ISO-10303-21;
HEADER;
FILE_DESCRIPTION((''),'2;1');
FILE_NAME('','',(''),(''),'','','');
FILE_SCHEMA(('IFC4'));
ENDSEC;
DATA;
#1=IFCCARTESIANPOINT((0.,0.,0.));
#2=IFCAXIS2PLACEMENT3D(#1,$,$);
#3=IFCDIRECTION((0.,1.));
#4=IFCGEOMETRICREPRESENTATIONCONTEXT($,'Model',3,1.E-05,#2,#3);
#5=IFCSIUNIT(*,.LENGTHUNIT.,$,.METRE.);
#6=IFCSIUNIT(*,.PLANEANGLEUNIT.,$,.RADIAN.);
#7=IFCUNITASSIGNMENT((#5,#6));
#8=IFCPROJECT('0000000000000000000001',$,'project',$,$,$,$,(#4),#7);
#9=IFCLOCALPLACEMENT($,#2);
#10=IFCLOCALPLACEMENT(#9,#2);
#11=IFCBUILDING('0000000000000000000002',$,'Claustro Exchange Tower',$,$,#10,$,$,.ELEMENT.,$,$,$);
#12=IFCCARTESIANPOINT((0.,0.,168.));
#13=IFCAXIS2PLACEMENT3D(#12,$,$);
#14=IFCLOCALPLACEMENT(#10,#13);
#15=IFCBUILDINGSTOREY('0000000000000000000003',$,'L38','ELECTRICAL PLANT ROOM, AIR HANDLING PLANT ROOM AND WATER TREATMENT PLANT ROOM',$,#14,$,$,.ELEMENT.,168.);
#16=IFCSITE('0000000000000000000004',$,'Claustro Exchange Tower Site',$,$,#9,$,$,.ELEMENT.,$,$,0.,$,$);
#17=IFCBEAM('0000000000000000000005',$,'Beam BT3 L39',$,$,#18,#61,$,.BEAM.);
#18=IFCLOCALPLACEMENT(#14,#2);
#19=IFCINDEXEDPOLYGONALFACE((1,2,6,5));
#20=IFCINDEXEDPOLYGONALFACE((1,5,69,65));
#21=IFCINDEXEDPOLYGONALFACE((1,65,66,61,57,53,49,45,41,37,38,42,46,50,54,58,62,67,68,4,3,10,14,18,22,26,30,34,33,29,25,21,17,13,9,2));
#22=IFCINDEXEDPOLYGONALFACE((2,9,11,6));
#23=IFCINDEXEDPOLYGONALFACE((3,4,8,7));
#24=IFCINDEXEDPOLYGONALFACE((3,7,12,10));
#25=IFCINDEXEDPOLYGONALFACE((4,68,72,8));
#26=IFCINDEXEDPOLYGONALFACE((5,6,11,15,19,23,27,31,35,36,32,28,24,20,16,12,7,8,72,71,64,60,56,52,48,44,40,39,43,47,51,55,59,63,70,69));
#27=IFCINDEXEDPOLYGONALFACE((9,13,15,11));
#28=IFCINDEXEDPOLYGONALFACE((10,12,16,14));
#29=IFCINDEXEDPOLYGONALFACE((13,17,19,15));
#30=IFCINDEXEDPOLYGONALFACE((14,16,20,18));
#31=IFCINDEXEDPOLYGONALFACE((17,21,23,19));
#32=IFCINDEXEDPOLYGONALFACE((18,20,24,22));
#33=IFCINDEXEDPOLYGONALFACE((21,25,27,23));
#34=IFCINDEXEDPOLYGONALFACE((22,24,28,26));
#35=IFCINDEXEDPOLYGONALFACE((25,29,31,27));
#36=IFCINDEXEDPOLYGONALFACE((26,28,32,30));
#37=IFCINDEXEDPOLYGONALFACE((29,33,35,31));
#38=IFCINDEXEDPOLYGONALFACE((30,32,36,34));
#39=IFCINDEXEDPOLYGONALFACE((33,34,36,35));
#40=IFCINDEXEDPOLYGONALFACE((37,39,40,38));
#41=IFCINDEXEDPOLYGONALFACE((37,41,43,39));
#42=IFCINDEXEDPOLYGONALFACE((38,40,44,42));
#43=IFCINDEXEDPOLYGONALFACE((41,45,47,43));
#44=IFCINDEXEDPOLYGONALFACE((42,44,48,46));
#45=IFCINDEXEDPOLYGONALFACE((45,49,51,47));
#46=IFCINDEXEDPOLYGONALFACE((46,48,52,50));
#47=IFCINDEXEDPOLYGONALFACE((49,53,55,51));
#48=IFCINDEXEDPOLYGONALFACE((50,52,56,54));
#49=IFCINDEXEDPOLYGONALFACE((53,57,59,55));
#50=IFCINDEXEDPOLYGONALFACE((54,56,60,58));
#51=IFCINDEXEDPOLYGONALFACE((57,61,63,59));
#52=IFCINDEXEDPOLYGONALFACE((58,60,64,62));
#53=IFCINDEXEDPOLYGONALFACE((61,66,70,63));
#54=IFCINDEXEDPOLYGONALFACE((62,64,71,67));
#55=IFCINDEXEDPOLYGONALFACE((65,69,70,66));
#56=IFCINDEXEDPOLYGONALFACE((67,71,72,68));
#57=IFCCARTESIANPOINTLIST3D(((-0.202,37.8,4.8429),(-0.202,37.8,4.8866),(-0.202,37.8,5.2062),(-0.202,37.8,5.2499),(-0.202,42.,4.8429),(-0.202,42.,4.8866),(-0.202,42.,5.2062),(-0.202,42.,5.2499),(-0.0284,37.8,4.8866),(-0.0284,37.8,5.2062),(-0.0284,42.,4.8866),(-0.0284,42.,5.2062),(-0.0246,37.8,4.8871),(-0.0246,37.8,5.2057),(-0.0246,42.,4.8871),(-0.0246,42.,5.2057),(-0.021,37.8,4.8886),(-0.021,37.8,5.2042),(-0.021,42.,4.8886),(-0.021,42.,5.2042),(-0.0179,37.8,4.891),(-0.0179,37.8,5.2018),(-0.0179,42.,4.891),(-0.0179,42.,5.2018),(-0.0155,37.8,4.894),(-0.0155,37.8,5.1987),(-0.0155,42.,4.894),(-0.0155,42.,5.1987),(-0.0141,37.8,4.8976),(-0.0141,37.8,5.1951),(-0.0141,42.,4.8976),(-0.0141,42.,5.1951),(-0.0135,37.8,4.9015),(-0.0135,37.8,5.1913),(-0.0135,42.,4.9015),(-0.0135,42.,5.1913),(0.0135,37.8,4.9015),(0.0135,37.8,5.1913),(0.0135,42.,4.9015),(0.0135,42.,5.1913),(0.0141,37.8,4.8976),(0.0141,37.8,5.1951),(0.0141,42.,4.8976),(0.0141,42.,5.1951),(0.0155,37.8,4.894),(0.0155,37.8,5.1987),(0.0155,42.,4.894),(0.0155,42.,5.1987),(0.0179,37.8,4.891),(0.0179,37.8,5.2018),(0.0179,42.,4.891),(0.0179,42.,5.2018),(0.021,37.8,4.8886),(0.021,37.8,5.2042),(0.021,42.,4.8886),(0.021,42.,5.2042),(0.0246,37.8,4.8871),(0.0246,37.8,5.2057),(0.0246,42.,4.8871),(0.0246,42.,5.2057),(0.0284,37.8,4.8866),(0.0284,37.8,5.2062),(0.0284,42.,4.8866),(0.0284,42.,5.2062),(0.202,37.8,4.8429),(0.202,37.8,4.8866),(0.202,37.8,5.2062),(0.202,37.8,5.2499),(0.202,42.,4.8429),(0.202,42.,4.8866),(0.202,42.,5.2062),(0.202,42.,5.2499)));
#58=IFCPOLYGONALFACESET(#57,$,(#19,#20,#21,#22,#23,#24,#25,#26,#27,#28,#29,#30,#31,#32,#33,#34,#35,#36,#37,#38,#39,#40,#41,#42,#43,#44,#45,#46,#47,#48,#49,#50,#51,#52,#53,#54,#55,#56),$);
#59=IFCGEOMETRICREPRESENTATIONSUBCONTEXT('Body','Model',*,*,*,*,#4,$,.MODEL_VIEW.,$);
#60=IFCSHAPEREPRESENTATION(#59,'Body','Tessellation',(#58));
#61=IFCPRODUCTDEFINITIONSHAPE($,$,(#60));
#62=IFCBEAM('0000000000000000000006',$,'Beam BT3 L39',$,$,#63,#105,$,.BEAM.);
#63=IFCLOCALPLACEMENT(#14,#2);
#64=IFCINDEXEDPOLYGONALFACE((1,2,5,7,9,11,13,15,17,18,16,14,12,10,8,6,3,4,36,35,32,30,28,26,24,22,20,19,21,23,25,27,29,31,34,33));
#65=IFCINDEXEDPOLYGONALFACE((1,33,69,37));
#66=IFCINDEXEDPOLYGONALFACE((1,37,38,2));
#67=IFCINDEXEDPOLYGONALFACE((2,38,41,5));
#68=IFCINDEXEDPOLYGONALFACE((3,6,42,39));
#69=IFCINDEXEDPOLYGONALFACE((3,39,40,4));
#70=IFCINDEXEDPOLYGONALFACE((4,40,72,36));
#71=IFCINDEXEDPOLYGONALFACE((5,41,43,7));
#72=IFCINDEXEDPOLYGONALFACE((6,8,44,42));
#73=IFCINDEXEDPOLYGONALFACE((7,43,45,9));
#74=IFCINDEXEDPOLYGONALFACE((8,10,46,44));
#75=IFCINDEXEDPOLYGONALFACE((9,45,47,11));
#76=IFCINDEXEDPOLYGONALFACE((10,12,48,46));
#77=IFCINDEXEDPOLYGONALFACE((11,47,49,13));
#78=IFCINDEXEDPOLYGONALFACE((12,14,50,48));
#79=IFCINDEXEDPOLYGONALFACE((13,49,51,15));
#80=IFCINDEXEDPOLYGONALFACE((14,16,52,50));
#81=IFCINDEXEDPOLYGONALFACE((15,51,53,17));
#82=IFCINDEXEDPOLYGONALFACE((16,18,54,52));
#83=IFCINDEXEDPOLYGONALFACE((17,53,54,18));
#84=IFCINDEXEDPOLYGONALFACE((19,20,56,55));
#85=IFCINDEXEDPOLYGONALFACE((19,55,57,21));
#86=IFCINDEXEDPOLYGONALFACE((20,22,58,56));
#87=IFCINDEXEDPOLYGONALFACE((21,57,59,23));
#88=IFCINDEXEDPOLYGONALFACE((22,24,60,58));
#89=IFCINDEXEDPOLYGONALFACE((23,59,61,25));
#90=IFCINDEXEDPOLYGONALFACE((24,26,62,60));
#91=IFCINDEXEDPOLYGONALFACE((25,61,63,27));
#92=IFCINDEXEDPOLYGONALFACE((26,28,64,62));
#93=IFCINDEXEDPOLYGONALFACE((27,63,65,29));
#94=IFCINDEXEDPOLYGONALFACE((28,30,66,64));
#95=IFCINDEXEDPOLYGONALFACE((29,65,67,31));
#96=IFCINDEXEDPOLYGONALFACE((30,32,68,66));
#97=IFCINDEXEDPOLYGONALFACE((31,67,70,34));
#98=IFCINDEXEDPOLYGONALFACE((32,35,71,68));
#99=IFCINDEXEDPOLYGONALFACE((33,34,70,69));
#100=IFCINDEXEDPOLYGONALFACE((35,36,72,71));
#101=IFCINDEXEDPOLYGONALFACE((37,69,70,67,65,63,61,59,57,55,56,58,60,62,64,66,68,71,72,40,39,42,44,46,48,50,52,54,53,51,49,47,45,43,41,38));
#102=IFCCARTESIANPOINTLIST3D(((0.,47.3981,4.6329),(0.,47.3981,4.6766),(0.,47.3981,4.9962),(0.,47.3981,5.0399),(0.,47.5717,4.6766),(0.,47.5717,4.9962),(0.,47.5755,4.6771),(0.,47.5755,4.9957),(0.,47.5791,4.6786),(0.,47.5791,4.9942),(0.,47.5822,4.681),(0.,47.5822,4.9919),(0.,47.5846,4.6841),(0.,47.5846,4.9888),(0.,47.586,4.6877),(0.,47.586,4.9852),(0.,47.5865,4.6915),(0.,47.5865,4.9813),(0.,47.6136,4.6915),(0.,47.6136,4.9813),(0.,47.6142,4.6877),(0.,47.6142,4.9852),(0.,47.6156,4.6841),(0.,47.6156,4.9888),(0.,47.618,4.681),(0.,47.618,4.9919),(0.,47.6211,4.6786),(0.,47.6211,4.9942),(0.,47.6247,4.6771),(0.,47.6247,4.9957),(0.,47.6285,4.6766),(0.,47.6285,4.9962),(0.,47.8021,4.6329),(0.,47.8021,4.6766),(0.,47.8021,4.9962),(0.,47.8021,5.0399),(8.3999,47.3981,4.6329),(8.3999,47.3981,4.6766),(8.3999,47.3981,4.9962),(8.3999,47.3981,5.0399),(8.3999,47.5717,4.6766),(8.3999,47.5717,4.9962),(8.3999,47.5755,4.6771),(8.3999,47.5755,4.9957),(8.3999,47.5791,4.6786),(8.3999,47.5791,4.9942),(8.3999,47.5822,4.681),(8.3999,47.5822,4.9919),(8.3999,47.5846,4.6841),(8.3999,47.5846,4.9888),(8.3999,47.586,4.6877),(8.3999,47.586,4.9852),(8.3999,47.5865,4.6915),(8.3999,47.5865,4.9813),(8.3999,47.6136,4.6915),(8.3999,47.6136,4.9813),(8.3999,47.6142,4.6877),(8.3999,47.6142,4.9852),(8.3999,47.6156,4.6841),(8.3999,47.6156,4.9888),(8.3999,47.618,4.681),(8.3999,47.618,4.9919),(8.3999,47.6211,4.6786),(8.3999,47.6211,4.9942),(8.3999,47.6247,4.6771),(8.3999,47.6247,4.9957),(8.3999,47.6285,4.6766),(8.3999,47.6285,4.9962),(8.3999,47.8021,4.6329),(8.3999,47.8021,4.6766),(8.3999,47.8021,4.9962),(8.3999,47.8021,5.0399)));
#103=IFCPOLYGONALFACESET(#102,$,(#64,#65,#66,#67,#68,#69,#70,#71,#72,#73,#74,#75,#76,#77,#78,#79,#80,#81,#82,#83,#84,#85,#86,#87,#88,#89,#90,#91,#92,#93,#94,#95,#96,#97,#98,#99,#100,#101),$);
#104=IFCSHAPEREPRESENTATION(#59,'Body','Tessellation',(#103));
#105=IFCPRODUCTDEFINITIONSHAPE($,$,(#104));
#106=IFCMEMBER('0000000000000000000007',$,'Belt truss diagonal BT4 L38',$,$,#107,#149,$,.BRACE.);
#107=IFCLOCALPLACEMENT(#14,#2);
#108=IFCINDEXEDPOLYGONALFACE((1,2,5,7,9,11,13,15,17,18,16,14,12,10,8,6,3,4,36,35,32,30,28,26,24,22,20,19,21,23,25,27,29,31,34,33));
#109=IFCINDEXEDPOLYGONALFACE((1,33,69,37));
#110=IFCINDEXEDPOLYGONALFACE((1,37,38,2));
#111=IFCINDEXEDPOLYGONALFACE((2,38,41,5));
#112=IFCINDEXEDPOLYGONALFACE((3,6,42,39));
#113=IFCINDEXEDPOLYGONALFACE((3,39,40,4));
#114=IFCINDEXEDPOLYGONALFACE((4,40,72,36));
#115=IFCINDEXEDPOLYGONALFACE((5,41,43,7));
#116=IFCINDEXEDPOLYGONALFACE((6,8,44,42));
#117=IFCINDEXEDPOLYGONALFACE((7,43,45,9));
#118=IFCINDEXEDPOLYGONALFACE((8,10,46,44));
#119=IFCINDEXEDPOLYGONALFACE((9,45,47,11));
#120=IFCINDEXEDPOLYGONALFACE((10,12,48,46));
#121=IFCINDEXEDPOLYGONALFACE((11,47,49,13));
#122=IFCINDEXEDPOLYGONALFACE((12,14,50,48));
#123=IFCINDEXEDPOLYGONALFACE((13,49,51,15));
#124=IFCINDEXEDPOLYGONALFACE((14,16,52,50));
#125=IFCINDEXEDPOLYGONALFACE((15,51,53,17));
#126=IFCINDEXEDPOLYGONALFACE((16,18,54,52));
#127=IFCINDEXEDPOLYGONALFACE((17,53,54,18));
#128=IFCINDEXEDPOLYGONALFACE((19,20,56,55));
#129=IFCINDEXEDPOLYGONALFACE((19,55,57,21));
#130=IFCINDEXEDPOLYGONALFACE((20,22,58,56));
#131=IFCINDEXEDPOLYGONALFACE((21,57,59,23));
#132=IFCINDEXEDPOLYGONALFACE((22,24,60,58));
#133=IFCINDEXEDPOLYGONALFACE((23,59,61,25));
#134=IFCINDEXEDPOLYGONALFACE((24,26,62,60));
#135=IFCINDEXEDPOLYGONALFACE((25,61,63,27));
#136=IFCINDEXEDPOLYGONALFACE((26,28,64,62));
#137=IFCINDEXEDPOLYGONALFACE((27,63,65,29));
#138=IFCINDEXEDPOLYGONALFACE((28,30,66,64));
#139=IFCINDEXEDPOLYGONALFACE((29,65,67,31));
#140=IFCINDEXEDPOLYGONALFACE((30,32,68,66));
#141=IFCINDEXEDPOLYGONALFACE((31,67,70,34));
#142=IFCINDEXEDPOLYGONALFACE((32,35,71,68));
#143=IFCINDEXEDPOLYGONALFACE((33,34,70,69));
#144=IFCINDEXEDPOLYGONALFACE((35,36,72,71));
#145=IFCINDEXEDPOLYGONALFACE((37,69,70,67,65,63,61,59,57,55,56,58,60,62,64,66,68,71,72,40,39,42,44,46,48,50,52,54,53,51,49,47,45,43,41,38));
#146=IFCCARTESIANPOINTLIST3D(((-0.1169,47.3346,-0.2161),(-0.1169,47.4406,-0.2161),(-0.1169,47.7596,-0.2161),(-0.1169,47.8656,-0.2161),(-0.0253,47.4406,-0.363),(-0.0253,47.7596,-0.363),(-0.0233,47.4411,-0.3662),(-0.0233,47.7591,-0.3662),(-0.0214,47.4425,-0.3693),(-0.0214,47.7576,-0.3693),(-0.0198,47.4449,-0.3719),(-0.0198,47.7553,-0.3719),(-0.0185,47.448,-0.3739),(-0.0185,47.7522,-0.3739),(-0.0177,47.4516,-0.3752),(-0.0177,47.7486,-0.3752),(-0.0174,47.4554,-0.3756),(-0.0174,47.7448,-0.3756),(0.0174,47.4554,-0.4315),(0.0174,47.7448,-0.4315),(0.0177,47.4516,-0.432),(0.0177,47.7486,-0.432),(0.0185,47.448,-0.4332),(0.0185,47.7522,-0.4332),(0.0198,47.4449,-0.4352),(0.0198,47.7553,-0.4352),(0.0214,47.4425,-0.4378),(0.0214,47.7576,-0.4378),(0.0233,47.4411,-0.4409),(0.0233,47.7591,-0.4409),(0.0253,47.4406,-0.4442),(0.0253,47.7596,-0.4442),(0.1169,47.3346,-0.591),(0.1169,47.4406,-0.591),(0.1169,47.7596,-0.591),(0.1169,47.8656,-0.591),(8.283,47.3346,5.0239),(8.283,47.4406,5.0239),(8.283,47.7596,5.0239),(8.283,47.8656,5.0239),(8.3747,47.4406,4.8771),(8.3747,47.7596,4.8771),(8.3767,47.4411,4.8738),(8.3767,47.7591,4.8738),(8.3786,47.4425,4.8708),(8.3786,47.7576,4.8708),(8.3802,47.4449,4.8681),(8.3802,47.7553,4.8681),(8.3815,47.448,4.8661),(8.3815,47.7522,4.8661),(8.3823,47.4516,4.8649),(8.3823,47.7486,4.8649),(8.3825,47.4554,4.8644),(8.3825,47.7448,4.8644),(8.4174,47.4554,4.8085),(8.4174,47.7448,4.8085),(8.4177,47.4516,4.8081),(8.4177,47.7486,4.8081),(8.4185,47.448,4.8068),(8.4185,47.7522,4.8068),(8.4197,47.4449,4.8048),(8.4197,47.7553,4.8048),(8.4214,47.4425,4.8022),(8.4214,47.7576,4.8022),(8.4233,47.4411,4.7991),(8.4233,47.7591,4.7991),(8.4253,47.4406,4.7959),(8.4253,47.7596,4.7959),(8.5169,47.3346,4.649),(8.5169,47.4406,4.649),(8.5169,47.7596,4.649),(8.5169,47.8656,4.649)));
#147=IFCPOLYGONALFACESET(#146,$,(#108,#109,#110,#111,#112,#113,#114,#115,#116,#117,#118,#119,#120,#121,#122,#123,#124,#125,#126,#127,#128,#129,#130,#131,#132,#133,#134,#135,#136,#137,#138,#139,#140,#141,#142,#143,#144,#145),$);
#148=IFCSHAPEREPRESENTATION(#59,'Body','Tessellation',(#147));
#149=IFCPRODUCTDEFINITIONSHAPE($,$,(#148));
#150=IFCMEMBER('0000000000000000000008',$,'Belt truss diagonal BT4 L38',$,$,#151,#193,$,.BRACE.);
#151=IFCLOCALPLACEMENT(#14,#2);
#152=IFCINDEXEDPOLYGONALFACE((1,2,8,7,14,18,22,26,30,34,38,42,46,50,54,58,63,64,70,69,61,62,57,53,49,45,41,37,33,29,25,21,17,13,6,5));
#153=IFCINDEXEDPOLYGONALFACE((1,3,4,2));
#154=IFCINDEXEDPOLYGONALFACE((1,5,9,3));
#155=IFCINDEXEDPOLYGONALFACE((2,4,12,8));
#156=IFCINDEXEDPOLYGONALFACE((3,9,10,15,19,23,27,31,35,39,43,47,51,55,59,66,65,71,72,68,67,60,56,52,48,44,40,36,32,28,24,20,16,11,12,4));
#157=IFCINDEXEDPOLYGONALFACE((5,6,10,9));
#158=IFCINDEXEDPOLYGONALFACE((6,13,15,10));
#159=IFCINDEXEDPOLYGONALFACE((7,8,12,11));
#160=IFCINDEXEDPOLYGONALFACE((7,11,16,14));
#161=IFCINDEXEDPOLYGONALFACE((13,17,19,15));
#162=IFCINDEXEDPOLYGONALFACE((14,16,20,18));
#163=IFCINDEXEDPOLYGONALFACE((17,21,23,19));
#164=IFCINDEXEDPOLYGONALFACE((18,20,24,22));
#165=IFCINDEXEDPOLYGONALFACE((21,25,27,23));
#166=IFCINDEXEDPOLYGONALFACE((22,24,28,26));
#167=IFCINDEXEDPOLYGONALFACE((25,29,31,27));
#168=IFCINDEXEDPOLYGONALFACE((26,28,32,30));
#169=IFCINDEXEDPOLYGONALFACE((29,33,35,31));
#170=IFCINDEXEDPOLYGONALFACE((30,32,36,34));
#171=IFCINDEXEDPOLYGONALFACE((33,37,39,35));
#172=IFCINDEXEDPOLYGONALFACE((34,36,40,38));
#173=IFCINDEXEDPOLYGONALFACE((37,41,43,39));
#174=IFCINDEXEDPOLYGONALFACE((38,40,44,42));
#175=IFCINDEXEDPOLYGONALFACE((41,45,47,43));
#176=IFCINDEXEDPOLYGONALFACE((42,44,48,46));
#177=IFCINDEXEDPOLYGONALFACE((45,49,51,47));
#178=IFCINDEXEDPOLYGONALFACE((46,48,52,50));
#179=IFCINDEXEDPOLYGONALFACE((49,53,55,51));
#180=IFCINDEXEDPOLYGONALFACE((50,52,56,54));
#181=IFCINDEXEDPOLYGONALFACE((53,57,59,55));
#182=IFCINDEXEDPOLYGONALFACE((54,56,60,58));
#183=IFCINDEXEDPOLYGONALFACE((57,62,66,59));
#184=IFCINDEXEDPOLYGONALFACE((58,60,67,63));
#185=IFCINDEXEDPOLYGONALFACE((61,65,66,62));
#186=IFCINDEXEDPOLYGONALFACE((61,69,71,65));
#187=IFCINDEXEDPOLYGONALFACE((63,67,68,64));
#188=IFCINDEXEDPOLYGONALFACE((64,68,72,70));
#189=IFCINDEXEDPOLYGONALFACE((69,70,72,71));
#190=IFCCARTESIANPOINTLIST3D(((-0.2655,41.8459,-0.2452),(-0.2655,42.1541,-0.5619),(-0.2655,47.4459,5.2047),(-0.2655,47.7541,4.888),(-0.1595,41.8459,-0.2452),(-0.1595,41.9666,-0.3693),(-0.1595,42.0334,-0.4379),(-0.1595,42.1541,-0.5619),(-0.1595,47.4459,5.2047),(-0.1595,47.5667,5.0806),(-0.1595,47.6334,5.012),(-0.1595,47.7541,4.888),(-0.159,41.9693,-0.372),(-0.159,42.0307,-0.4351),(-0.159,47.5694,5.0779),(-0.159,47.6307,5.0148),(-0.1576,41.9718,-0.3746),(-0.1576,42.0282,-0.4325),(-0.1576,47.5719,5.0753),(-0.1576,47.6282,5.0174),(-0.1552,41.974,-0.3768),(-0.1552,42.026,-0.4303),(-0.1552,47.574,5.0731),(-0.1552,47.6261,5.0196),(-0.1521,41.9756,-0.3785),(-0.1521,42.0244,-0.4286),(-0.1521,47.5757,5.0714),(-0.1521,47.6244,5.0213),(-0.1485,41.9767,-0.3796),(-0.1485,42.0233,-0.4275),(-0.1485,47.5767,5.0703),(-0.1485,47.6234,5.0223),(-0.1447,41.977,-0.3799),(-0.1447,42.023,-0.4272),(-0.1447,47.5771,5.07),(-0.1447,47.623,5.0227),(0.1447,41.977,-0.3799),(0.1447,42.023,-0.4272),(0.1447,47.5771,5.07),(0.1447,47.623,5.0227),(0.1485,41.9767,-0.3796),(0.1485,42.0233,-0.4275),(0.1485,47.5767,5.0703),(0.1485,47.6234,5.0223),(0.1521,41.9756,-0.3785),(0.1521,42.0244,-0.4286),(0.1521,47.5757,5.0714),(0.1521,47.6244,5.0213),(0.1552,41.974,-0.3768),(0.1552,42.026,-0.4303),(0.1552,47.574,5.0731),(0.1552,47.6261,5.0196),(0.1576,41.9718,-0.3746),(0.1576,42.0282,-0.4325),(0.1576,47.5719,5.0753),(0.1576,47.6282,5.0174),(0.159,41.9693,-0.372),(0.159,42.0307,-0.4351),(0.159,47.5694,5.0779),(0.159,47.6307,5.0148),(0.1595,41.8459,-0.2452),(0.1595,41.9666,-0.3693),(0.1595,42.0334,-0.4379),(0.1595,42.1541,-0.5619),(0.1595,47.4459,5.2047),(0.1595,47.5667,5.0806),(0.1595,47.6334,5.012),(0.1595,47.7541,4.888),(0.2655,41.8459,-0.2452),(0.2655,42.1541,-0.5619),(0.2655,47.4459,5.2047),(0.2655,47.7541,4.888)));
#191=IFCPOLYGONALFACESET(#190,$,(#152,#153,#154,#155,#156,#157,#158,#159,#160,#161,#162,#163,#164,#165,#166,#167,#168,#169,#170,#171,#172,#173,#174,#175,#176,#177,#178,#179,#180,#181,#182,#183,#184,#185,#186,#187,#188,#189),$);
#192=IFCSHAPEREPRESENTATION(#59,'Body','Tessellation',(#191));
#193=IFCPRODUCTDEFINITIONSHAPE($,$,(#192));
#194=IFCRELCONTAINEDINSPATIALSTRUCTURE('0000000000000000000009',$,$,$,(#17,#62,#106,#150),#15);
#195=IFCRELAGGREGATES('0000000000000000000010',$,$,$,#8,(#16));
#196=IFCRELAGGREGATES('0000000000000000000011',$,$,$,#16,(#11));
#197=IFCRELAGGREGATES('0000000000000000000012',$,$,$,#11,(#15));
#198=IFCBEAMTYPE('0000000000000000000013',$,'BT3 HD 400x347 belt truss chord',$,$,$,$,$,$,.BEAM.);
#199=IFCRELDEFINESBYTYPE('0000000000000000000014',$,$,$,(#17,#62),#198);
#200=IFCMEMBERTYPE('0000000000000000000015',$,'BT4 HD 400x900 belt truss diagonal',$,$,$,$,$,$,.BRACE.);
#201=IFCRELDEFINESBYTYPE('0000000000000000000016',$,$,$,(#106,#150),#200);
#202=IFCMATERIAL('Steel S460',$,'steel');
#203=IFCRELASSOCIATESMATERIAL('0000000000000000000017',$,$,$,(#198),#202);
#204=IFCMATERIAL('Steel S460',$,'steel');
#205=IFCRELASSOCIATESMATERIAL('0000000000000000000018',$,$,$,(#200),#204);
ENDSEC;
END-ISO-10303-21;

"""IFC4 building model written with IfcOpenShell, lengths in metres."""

from ifc_helpers import new_model, si_unit, direction, frame, origin, origin_2d, place, context, subcontext, project, spatial, i_section, extrude, material, material_profile, profile_set, type_object, element, save


model = new_model("IFC4")

# Units and contexts
model_context = context("Model", 3, precision=1e-05, world=origin(), true_north=direction((0.0, 1.0)))
body_context = subcontext(model_context, "Body", "Model", "MODEL_VIEW")
ifc_project = project(units=[si_unit("LENGTHUNIT", "METRE"), si_unit("PLANEANGLEUNIT", "RADIAN")], contexts=[model_context])

# Site, building, storey
site_placement = place(None, origin())
site = spatial("IfcSite", under=ifc_project, at=site_placement, Name="Claustro Exchange Tower Site", CompositionType="ELEMENT", RefElevation=0.0)
building_placement = place(site_placement, origin())
building = spatial("IfcBuilding", under=site, at=building_placement, Name="Claustro Exchange Tower", CompositionType="ELEMENT")
storey_placement = place(building_placement, frame((0.0, 0.0, 168.0)))
storey = spatial("IfcBuildingStorey", under=building, at=storey_placement, Name="L38", Description="ELECTRICAL PLANT ROOM, AIR HANDLING PLANT ROOM AND WATER TREATMENT PLANT ROOM", CompositionType="ELEMENT", Elevation=168.0)

# Beams
ifc_material_1 = material(Name="Steel S460", Category="steel")
ifc_material_profile_1 = material_profile(ifc_material_1, i_section(OverallWidth=0.4041, OverallDepth=0.407, WebThickness=0.0271, FlangeThickness=0.0437, FilletRadius=0.0149, at=origin_2d()), Name="HD 400x347")
ifc_profile_set_1 = profile_set([ifc_material_profile_1], Name="Steel S460")
beam_type_1 = type_object("IfcBeamType", Name="BT3 HD 400x347 belt truss chord", PredefinedType="BEAM", material=ifc_profile_set_1)
beam_1_placement = place(storey_placement, frame((0.0, 37.8, 5.0464), z_axis=(0.0, 1.0, 0.0), x_axis=(-1.0, 0.0, 0.0)))
element("IfcBeam", 1, at=beam_1_placement, inside=storey, type_object=beam_type_1, Name="Beam BT3 L39", PredefinedType="BEAM", context=body_context, shape_type="SweptSolid", body=[
    extrude(i_section(OverallWidth=0.4041, OverallDepth=0.407, WebThickness=0.0271, FlangeThickness=0.0437, FilletRadius=0.0149, at=origin_2d()), origin(), (0.0, 0.0, 1.0), 4.2),
])
beam_2_placement = place(storey_placement, frame((0.0, 47.6001, 4.8364), z_axis=(1.0, 0.0, 0.0), x_axis=(0.0, 1.0, 0.0)))
element("IfcBeam", 2, at=beam_2_placement, inside=storey, type_object=beam_type_1, Name="Beam BT3 L39", PredefinedType="BEAM", context=body_context, shape_type="SweptSolid", body=[
    extrude(i_section(OverallWidth=0.4041, OverallDepth=0.407, WebThickness=0.0271, FlangeThickness=0.0437, FilletRadius=0.0149, at=origin_2d()), origin(), (0.0, 0.0, 1.0), 8.3999),
])

# Members
ifc_material_2 = material(Name="Steel S460", Category="steel")
ifc_material_profile_2 = material_profile(ifc_material_2, i_section(OverallWidth=0.4419, OverallDepth=0.531, WebThickness=0.0659, FlangeThickness=0.106, FilletRadius=0.0149, at=origin_2d()), Name="HD 400x900")
ifc_profile_set_2 = profile_set([ifc_material_profile_2], Name="Steel S460")
member_type = type_object("IfcMemberType", Name="BT4 HD 400x900 belt truss diagonal", PredefinedType="BRACE", material=ifc_profile_set_2)
member_1_placement = place(storey_placement, frame((0.0, 47.6001, -0.4036), z_axis=(0.84845, 0.0, 0.529276), x_axis=(-0.529276, 0.0, 0.84845)))
element("IfcMember", 3, at=member_1_placement, inside=storey, type_object=member_type, Name="Belt truss diagonal BT4 L38", PredefinedType="BRACE", context=body_context, shape_type="SweptSolid", body=[
    extrude(i_section(OverallWidth=0.4419, OverallDepth=0.531, WebThickness=0.0659, FlangeThickness=0.106, FilletRadius=0.0149, at=origin_2d()), origin(), (0.0, 0.0, 1.0), 9.9004),
])
member_2_placement = place(storey_placement, frame((0.0, 42.0, -0.4036), z_axis=(0.0, 0.716649, 0.697434), x_axis=(0.0, -0.697434, 0.716649)))
element("IfcMember", 4, at=member_2_placement, inside=storey, type_object=member_type, Name="Belt truss diagonal BT4 L38", PredefinedType="BRACE", context=body_context, shape_type="SweptSolid", body=[
    extrude(i_section(OverallWidth=0.4419, OverallDepth=0.531, WebThickness=0.0659, FlangeThickness=0.106, FilletRadius=0.0149, at=origin_2d()), origin(), (0.0, 0.0, 1.0), 7.8142),
])

save(model, "model.ifc")
